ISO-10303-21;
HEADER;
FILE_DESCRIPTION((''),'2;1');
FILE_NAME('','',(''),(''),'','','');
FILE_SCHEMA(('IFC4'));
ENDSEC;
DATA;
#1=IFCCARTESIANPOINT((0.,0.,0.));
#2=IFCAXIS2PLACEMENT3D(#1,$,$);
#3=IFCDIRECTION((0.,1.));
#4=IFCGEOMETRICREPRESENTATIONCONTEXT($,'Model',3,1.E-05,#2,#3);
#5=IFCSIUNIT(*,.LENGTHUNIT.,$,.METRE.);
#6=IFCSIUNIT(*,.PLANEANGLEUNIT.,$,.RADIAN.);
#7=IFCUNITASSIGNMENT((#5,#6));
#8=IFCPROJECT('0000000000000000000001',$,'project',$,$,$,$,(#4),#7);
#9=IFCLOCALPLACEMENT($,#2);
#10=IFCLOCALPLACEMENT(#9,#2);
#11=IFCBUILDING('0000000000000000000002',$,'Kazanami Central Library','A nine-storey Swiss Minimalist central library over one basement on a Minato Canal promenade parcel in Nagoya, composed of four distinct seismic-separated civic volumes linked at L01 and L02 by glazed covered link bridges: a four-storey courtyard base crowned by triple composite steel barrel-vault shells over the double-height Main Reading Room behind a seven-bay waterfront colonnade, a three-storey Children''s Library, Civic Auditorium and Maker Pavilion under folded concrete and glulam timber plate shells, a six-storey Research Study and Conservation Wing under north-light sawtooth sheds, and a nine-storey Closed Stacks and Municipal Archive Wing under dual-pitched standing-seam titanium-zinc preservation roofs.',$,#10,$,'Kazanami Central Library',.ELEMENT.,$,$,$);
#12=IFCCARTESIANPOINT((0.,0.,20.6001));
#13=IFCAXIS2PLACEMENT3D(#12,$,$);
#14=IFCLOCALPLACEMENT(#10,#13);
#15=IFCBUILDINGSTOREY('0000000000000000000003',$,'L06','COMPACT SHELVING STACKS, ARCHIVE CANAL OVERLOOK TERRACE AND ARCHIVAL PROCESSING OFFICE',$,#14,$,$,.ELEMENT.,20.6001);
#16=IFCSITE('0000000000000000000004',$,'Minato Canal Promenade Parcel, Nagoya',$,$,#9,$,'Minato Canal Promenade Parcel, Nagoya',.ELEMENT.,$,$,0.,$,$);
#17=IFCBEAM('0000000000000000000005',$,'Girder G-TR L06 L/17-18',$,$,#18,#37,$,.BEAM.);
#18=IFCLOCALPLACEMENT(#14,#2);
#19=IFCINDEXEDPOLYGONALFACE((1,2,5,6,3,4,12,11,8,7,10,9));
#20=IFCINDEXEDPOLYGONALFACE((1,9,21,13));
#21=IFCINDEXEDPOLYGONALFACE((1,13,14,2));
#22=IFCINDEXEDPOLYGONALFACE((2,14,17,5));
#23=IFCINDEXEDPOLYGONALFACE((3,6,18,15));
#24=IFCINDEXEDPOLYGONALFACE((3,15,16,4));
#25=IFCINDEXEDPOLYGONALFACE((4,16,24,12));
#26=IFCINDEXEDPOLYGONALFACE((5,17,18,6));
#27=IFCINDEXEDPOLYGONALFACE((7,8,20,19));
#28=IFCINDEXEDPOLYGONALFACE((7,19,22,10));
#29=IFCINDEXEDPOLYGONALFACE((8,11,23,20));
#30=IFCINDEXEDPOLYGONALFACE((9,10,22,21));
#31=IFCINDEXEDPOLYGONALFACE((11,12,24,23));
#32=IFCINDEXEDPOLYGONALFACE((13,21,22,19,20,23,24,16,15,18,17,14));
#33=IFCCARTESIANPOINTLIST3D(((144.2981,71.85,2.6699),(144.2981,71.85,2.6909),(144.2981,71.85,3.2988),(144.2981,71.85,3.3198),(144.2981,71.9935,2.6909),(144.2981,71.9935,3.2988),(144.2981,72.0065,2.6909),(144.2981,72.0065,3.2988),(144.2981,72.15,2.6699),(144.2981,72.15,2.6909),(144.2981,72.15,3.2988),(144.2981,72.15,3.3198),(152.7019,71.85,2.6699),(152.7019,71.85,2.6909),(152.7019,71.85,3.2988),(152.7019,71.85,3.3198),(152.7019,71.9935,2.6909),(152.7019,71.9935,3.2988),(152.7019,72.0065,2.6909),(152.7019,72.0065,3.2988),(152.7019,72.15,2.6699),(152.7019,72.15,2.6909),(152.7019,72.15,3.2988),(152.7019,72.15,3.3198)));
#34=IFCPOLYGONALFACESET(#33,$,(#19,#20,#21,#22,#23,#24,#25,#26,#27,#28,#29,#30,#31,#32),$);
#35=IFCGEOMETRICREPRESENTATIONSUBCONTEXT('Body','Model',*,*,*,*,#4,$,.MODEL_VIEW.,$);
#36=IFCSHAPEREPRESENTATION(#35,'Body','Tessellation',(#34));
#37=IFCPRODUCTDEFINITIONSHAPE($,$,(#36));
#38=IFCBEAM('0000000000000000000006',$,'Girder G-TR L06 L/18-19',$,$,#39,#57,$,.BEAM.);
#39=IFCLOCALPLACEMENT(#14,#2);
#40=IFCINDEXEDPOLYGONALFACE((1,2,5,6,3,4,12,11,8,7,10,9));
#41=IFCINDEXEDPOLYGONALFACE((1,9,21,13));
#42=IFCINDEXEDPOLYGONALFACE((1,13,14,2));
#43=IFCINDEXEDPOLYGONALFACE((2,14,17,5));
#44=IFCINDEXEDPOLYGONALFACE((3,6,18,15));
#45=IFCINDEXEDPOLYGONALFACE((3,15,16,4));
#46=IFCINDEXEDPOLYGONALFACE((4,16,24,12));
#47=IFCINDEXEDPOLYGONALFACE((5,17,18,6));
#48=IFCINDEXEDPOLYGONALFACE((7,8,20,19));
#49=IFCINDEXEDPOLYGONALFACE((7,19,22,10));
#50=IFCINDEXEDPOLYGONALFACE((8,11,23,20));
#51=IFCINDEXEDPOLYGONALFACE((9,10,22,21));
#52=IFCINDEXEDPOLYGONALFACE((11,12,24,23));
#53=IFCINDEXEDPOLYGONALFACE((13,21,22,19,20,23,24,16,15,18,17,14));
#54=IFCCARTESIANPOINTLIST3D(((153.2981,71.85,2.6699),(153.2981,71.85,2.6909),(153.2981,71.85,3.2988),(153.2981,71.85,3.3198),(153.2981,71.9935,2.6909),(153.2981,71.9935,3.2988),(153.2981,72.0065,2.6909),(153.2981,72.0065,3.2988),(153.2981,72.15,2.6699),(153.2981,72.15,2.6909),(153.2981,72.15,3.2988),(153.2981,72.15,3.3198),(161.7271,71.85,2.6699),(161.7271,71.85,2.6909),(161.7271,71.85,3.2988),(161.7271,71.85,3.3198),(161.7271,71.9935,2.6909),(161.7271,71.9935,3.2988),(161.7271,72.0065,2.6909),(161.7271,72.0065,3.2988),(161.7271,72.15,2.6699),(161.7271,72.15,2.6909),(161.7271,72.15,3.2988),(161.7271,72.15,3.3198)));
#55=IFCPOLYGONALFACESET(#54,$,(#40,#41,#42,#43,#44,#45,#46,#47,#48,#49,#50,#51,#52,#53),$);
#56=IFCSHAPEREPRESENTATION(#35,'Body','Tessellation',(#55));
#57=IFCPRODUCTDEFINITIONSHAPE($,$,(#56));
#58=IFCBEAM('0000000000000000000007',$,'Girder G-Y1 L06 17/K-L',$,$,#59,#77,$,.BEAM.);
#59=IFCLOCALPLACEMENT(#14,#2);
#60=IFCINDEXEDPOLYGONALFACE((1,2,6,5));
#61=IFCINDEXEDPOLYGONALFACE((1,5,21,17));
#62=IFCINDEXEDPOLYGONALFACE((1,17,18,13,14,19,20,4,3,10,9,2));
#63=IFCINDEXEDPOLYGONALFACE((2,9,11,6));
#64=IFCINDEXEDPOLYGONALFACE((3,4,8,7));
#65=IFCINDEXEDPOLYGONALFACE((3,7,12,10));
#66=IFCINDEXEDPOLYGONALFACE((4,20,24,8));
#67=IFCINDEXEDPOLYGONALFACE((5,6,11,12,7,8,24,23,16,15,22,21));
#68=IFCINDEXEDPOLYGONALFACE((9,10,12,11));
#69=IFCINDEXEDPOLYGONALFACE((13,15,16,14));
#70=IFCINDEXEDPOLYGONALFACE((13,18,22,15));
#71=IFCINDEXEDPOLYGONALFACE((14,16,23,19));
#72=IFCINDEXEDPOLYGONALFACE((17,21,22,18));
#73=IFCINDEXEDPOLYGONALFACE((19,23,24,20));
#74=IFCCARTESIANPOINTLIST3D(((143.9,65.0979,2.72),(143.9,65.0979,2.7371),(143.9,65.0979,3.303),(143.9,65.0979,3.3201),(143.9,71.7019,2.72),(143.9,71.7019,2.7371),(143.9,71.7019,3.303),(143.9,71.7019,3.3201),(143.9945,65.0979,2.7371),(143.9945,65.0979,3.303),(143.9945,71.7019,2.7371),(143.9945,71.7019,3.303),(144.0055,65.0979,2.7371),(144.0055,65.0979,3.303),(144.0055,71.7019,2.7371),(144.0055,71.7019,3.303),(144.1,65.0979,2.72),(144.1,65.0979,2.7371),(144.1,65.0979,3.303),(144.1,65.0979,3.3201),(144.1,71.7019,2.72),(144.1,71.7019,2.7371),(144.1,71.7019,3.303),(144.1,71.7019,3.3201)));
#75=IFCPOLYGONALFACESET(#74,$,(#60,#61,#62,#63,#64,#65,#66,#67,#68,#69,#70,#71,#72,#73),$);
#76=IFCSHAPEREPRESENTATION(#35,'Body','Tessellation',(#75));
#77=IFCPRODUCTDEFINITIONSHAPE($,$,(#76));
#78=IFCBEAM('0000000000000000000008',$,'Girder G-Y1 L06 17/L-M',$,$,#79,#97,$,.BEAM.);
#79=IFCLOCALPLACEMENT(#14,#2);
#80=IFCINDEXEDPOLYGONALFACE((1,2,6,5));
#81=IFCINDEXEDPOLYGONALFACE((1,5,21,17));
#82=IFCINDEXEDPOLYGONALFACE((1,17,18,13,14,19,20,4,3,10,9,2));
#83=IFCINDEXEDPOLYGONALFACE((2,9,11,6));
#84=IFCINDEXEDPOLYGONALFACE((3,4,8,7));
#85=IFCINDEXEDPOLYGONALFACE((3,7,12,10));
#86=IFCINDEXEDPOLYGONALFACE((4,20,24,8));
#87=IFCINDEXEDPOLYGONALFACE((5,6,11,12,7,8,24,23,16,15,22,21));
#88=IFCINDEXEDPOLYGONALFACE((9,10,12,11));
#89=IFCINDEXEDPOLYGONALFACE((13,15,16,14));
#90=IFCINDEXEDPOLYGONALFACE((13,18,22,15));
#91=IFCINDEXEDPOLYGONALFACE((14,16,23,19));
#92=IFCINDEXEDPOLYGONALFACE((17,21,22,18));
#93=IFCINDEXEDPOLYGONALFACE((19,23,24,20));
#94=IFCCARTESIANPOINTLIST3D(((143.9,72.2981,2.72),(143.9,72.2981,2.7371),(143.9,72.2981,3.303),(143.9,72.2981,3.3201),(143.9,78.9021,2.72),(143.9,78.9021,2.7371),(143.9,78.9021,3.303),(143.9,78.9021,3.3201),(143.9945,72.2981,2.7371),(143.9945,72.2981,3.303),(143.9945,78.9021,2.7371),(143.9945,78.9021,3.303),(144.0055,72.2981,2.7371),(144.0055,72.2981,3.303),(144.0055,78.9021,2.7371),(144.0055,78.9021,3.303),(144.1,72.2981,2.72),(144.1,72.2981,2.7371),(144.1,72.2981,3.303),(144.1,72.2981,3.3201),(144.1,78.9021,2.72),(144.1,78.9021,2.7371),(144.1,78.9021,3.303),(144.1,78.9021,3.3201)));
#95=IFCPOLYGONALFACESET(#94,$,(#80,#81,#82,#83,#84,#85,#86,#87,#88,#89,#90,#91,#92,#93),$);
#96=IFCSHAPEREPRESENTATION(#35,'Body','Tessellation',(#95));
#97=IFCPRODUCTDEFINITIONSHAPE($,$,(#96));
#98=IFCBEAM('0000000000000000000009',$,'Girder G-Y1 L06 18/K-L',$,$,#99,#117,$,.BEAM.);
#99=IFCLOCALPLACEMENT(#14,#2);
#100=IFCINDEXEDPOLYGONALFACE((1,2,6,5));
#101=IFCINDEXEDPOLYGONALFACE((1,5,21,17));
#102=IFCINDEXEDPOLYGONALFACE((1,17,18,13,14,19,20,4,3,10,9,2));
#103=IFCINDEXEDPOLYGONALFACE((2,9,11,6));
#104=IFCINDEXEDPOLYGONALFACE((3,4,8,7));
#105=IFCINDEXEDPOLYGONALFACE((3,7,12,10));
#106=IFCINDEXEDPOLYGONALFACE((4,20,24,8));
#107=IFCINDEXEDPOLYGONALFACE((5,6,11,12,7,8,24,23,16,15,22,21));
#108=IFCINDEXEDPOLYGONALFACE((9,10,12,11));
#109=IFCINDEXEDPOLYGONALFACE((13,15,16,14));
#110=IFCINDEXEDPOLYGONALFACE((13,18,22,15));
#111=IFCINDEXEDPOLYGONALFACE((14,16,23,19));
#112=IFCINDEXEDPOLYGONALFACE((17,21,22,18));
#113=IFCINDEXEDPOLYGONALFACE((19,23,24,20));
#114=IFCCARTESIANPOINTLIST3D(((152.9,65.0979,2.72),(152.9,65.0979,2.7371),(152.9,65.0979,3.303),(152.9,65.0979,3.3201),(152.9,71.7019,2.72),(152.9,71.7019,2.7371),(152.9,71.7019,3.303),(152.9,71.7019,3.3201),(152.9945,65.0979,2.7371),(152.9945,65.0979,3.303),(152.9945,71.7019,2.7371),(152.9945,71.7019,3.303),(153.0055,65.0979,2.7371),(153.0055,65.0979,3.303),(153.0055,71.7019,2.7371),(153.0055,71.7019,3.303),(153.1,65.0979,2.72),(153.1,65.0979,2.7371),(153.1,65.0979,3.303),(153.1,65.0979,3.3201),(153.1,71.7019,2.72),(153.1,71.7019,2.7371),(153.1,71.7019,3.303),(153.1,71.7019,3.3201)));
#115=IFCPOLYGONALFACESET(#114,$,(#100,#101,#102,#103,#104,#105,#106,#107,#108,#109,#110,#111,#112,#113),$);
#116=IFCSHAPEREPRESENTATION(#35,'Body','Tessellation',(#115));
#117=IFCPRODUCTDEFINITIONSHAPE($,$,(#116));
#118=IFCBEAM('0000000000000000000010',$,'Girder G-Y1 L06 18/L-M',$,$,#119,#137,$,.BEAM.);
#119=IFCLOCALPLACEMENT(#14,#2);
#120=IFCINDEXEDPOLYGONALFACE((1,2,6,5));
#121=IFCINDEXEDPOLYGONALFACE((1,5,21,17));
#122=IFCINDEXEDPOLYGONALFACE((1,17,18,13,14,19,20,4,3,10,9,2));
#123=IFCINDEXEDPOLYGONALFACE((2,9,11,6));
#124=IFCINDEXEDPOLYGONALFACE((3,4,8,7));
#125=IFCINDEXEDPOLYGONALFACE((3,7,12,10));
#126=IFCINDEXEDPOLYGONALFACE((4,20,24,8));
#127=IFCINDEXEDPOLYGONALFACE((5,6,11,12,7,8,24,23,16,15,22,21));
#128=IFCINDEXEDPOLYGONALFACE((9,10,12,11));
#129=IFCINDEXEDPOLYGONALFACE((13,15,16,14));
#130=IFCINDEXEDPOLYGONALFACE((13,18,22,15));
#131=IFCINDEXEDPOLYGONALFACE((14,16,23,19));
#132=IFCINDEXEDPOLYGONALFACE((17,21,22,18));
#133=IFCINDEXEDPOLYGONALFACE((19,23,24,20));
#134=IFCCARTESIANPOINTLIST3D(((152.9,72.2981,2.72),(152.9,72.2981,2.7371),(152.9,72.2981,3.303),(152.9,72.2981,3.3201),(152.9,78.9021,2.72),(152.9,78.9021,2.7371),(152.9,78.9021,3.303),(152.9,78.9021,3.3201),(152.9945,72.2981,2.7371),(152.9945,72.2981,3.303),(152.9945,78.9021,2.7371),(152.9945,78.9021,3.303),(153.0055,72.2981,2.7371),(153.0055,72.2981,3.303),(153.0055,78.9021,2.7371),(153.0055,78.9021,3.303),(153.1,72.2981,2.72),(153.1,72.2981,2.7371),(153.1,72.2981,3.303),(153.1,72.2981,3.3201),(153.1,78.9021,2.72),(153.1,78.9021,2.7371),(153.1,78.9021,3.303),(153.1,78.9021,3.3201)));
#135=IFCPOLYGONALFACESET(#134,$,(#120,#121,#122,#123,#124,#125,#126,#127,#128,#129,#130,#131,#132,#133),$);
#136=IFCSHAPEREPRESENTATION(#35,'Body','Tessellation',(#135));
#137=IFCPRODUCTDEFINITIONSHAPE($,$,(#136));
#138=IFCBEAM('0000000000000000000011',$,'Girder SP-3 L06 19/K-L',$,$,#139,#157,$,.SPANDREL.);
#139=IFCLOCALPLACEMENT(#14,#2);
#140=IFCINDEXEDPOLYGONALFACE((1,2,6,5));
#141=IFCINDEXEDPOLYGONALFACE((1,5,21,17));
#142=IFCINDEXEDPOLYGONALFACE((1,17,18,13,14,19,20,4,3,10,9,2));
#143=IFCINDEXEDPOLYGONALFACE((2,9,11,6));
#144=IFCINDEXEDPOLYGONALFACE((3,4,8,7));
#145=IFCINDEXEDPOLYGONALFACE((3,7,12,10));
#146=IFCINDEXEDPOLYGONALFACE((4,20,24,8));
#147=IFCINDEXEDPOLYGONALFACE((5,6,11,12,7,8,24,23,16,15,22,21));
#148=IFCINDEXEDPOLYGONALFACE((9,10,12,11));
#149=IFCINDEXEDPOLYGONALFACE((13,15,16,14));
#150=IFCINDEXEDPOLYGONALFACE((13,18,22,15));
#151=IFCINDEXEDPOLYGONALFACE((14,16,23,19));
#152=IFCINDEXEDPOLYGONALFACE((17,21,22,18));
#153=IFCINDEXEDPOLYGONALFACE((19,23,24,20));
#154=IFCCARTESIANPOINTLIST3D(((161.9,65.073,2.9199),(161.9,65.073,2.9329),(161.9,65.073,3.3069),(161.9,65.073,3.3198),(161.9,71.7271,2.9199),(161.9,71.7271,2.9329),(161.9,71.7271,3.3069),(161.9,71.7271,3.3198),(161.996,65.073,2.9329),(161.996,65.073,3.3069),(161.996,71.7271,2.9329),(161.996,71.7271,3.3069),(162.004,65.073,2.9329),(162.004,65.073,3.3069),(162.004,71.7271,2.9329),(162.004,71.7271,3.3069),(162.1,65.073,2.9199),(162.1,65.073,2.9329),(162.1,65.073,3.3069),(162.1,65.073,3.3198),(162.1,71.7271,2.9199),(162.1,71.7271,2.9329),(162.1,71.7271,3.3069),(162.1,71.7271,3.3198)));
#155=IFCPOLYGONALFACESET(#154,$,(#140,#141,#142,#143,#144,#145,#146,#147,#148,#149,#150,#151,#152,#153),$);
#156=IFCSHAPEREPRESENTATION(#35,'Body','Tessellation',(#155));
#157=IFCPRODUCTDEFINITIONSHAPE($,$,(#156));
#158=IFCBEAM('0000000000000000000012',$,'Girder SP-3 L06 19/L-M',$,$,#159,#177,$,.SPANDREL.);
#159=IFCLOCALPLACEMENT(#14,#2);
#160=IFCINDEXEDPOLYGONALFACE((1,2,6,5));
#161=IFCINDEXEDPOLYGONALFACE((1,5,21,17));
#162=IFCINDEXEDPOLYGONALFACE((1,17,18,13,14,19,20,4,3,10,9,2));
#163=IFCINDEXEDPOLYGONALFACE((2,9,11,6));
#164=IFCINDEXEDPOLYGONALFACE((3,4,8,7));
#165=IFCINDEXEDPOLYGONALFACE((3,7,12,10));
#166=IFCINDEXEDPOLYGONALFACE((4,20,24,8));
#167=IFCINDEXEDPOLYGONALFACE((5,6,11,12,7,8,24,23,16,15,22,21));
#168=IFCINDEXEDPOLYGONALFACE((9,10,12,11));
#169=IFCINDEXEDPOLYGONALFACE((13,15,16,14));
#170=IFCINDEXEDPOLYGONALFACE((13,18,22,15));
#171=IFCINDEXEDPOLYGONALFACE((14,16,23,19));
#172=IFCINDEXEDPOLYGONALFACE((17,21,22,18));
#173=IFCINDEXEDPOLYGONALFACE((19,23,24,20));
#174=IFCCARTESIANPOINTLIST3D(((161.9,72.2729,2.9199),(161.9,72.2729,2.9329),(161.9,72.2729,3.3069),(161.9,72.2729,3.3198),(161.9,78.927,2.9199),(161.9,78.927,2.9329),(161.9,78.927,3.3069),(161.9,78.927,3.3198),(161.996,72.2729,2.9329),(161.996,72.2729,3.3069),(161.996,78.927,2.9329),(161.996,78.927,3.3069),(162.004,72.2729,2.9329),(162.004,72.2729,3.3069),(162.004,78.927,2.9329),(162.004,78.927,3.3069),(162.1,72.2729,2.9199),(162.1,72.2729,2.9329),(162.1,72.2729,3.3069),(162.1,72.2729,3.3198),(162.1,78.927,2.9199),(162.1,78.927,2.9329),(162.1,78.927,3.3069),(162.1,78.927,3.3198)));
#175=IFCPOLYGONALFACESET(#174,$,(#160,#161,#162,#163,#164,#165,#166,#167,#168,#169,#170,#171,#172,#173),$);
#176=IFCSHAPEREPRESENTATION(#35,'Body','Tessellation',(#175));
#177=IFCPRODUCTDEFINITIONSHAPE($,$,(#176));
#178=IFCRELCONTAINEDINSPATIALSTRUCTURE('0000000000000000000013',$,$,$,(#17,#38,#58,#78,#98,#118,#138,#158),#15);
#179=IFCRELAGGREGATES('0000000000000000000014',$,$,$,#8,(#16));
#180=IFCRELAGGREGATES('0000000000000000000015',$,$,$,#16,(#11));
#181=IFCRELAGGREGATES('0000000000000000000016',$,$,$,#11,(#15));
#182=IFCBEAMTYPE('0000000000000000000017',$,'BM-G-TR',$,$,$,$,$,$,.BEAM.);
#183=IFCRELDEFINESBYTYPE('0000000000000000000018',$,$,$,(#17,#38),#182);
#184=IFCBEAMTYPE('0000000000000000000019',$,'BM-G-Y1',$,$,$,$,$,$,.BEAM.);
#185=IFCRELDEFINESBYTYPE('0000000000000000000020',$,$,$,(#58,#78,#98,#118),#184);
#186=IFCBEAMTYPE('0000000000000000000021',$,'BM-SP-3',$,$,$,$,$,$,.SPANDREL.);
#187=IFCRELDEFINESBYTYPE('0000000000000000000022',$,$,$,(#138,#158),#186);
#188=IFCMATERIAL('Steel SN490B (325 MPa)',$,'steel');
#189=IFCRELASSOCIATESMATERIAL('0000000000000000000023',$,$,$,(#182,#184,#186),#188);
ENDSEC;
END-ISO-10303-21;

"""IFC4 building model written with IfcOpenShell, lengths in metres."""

from ifc_helpers import new_model, si_unit, direction, frame, origin, origin_2d, place, context, subcontext, project, spatial, i_section, extrude, material, material_profile, profile_set, type_object, element, save


model = new_model("IFC4")

# Units and contexts
model_context = context("Model", 3, precision=1e-05, world=origin(), true_north=direction((0.0, 1.0)))
body_context = subcontext(model_context, "Body", "Model", "MODEL_VIEW")
ifc_project = project(units=[si_unit("LENGTHUNIT", "METRE"), si_unit("PLANEANGLEUNIT", "RADIAN")], contexts=[model_context])

# Site, building, storey
site_placement = place(None, origin())
site = spatial("IfcSite", under=ifc_project, at=site_placement, Name="Minato Canal Promenade Parcel, Nagoya", LongName="Minato Canal Promenade Parcel, Nagoya", CompositionType="ELEMENT", RefElevation=0.0)
building_placement = place(site_placement, origin())
building = spatial("IfcBuilding", under=site, at=building_placement, Name="Kazanami Central Library", Description="A nine-storey Swiss Minimalist central library over one basement on a Minato Canal promenade parcel in Nagoya, composed of four distinct seismic-separated civic volumes linked at L01 and L02 by glazed covered link bridges: a four-storey courtyard base crowned by triple composite steel barrel-vault shells over the double-height Main Reading Room behind a seven-bay waterfront colonnade, a three-storey Children's Library, Civic Auditorium and Maker Pavilion under folded concrete and glulam timber plate shells, a six-storey Research Study and Conservation Wing under north-light sawtooth sheds, and a nine-storey Closed Stacks and Municipal Archive Wing under dual-pitched standing-seam titanium-zinc preservation roofs.", LongName="Kazanami Central Library", CompositionType="ELEMENT")
storey_placement = place(building_placement, frame((0.0, 0.0, 20.6001)))
storey = spatial("IfcBuildingStorey", under=building, at=storey_placement, Name="L06", Description="COMPACT SHELVING STACKS, ARCHIVE CANAL OVERLOOK TERRACE AND ARCHIVAL PROCESSING OFFICE", CompositionType="ELEMENT", Elevation=20.6001)

# Beams
ifc_material_1 = material(Name="Steel SN490B (325 MPa)", Category="steel")
ifc_material_profile_1 = material_profile(ifc_material_1, i_section(OverallWidth=0.3, OverallDepth=0.6499, WebThickness=0.0129, FlangeThickness=0.021, at=origin_2d()), Name="H-650x300x13x21")
ifc_profile_set_1 = profile_set([ifc_material_profile_1], Name="Steel SN490B (325 MPa)")
beam_type_1 = type_object("IfcBeamType", Name="BM-G-TR", PredefinedType="BEAM", material=ifc_profile_set_1)
beam_1_placement = place(storey_placement, frame((144.2981, 72.0, 2.9949), z_axis=(1.0, 0.0, 0.0), x_axis=(0.0, 1.0, 0.0)))
element("IfcBeam", 1, at=beam_1_placement, inside=storey, type_object=beam_type_1, Name="Girder G-TR L06 L/17-18", PredefinedType="BEAM", context=body_context, shape_type="SweptSolid", body=[
    extrude(i_section(OverallWidth=0.3, OverallDepth=0.6499, WebThickness=0.0129, FlangeThickness=0.021, at=origin_2d()), origin(), (0.0, 0.0, 1.0), 8.4038),
])
beam_2_placement = place(storey_placement, frame((153.2981, 72.0, 2.9949), z_axis=(1.0, 0.0, 0.0), x_axis=(0.0, 1.0, 0.0)))
element("IfcBeam", 2, at=beam_2_placement, inside=storey, type_object=beam_type_1, Name="Girder G-TR L06 L/18-19", PredefinedType="BEAM", context=body_context, shape_type="SweptSolid", body=[
    extrude(i_section(OverallWidth=0.3, OverallDepth=0.6499, WebThickness=0.0129, FlangeThickness=0.021, at=origin_2d()), origin(), (0.0, 0.0, 1.0), 8.429),
])
ifc_material_profile_2 = material_profile(ifc_material_1, i_section(OverallWidth=0.2, OverallDepth=0.6001, WebThickness=0.011, FlangeThickness=0.0171, at=origin_2d()), Name="H-600x200x11x17")
ifc_profile_set_2 = profile_set([ifc_material_profile_2], Name="Steel SN490B (325 MPa)")
beam_type_2 = type_object("IfcBeamType", Name="BM-G-Y1", PredefinedType="BEAM", material=ifc_profile_set_2)
for number, where, z_axis, x_axis, name in (
    (3, (144.0, 65.0979, 3.02), (0.0, 1.0, 0.0), (-1.0, 0.0, 0.0), "Girder G-Y1 L06 17/K-L"),
    (4, (144.0, 72.2981, 3.02), (0.0, 1.0, 0.0), (-1.0, 0.0, 0.0), "Girder G-Y1 L06 17/L-M"),
    (5, (153.0, 65.0979, 3.02), (0.0, 1.0, 0.0), (-1.0, 0.0, 0.0), "Girder G-Y1 L06 18/K-L"),
    (6, (153.0, 72.2981, 3.02), (0.0, 1.0, 0.0), (-1.0, 0.0, 0.0), "Girder G-Y1 L06 18/L-M"),
):
    element("IfcBeam", number, at=place(storey_placement, frame(where, z_axis=z_axis, x_axis=x_axis)), inside=storey, type_object=beam_type_2, Name=name, PredefinedType="BEAM", context=body_context, shape_type="SweptSolid", body=[
        extrude(i_section(OverallWidth=0.2, OverallDepth=0.6001, WebThickness=0.011, FlangeThickness=0.0171, at=origin_2d()), origin(), (0.0, 0.0, 1.0), 6.604),
    ])
ifc_material_profile_3 = material_profile(ifc_material_1, i_section(OverallWidth=0.2, OverallDepth=0.3999, WebThickness=0.0081, FlangeThickness=0.0129, at=origin_2d()), Name="H-400x200x8x13")
ifc_profile_set_3 = profile_set([ifc_material_profile_3], Name="Steel SN490B (325 MPa)")
beam_type_3 = type_object("IfcBeamType", Name="BM-SP-3", PredefinedType="SPANDREL", material=ifc_profile_set_3)
for number, where, z_axis, x_axis, name in (
    (7, (162.0, 65.073, 3.1199), (0.0, 1.0, 0.0), (-1.0, 0.0, 0.0), "Girder SP-3 L06 19/K-L"),
    (8, (162.0, 72.2729, 3.1199), (0.0, 1.0, 0.0), (-1.0, 0.0, 0.0), "Girder SP-3 L06 19/L-M"),
):
    element("IfcBeam", number, at=place(storey_placement, frame(where, z_axis=z_axis, x_axis=x_axis)), inside=storey, type_object=beam_type_3, Name=name, PredefinedType="SPANDREL", context=body_context, shape_type="SweptSolid", body=[
        extrude(i_section(OverallWidth=0.2, OverallDepth=0.3999, WebThickness=0.0081, FlangeThickness=0.0129, at=origin_2d()), origin(), (0.0, 0.0, 1.0), 6.6541),
    ])

save(model, "model.ifc")
